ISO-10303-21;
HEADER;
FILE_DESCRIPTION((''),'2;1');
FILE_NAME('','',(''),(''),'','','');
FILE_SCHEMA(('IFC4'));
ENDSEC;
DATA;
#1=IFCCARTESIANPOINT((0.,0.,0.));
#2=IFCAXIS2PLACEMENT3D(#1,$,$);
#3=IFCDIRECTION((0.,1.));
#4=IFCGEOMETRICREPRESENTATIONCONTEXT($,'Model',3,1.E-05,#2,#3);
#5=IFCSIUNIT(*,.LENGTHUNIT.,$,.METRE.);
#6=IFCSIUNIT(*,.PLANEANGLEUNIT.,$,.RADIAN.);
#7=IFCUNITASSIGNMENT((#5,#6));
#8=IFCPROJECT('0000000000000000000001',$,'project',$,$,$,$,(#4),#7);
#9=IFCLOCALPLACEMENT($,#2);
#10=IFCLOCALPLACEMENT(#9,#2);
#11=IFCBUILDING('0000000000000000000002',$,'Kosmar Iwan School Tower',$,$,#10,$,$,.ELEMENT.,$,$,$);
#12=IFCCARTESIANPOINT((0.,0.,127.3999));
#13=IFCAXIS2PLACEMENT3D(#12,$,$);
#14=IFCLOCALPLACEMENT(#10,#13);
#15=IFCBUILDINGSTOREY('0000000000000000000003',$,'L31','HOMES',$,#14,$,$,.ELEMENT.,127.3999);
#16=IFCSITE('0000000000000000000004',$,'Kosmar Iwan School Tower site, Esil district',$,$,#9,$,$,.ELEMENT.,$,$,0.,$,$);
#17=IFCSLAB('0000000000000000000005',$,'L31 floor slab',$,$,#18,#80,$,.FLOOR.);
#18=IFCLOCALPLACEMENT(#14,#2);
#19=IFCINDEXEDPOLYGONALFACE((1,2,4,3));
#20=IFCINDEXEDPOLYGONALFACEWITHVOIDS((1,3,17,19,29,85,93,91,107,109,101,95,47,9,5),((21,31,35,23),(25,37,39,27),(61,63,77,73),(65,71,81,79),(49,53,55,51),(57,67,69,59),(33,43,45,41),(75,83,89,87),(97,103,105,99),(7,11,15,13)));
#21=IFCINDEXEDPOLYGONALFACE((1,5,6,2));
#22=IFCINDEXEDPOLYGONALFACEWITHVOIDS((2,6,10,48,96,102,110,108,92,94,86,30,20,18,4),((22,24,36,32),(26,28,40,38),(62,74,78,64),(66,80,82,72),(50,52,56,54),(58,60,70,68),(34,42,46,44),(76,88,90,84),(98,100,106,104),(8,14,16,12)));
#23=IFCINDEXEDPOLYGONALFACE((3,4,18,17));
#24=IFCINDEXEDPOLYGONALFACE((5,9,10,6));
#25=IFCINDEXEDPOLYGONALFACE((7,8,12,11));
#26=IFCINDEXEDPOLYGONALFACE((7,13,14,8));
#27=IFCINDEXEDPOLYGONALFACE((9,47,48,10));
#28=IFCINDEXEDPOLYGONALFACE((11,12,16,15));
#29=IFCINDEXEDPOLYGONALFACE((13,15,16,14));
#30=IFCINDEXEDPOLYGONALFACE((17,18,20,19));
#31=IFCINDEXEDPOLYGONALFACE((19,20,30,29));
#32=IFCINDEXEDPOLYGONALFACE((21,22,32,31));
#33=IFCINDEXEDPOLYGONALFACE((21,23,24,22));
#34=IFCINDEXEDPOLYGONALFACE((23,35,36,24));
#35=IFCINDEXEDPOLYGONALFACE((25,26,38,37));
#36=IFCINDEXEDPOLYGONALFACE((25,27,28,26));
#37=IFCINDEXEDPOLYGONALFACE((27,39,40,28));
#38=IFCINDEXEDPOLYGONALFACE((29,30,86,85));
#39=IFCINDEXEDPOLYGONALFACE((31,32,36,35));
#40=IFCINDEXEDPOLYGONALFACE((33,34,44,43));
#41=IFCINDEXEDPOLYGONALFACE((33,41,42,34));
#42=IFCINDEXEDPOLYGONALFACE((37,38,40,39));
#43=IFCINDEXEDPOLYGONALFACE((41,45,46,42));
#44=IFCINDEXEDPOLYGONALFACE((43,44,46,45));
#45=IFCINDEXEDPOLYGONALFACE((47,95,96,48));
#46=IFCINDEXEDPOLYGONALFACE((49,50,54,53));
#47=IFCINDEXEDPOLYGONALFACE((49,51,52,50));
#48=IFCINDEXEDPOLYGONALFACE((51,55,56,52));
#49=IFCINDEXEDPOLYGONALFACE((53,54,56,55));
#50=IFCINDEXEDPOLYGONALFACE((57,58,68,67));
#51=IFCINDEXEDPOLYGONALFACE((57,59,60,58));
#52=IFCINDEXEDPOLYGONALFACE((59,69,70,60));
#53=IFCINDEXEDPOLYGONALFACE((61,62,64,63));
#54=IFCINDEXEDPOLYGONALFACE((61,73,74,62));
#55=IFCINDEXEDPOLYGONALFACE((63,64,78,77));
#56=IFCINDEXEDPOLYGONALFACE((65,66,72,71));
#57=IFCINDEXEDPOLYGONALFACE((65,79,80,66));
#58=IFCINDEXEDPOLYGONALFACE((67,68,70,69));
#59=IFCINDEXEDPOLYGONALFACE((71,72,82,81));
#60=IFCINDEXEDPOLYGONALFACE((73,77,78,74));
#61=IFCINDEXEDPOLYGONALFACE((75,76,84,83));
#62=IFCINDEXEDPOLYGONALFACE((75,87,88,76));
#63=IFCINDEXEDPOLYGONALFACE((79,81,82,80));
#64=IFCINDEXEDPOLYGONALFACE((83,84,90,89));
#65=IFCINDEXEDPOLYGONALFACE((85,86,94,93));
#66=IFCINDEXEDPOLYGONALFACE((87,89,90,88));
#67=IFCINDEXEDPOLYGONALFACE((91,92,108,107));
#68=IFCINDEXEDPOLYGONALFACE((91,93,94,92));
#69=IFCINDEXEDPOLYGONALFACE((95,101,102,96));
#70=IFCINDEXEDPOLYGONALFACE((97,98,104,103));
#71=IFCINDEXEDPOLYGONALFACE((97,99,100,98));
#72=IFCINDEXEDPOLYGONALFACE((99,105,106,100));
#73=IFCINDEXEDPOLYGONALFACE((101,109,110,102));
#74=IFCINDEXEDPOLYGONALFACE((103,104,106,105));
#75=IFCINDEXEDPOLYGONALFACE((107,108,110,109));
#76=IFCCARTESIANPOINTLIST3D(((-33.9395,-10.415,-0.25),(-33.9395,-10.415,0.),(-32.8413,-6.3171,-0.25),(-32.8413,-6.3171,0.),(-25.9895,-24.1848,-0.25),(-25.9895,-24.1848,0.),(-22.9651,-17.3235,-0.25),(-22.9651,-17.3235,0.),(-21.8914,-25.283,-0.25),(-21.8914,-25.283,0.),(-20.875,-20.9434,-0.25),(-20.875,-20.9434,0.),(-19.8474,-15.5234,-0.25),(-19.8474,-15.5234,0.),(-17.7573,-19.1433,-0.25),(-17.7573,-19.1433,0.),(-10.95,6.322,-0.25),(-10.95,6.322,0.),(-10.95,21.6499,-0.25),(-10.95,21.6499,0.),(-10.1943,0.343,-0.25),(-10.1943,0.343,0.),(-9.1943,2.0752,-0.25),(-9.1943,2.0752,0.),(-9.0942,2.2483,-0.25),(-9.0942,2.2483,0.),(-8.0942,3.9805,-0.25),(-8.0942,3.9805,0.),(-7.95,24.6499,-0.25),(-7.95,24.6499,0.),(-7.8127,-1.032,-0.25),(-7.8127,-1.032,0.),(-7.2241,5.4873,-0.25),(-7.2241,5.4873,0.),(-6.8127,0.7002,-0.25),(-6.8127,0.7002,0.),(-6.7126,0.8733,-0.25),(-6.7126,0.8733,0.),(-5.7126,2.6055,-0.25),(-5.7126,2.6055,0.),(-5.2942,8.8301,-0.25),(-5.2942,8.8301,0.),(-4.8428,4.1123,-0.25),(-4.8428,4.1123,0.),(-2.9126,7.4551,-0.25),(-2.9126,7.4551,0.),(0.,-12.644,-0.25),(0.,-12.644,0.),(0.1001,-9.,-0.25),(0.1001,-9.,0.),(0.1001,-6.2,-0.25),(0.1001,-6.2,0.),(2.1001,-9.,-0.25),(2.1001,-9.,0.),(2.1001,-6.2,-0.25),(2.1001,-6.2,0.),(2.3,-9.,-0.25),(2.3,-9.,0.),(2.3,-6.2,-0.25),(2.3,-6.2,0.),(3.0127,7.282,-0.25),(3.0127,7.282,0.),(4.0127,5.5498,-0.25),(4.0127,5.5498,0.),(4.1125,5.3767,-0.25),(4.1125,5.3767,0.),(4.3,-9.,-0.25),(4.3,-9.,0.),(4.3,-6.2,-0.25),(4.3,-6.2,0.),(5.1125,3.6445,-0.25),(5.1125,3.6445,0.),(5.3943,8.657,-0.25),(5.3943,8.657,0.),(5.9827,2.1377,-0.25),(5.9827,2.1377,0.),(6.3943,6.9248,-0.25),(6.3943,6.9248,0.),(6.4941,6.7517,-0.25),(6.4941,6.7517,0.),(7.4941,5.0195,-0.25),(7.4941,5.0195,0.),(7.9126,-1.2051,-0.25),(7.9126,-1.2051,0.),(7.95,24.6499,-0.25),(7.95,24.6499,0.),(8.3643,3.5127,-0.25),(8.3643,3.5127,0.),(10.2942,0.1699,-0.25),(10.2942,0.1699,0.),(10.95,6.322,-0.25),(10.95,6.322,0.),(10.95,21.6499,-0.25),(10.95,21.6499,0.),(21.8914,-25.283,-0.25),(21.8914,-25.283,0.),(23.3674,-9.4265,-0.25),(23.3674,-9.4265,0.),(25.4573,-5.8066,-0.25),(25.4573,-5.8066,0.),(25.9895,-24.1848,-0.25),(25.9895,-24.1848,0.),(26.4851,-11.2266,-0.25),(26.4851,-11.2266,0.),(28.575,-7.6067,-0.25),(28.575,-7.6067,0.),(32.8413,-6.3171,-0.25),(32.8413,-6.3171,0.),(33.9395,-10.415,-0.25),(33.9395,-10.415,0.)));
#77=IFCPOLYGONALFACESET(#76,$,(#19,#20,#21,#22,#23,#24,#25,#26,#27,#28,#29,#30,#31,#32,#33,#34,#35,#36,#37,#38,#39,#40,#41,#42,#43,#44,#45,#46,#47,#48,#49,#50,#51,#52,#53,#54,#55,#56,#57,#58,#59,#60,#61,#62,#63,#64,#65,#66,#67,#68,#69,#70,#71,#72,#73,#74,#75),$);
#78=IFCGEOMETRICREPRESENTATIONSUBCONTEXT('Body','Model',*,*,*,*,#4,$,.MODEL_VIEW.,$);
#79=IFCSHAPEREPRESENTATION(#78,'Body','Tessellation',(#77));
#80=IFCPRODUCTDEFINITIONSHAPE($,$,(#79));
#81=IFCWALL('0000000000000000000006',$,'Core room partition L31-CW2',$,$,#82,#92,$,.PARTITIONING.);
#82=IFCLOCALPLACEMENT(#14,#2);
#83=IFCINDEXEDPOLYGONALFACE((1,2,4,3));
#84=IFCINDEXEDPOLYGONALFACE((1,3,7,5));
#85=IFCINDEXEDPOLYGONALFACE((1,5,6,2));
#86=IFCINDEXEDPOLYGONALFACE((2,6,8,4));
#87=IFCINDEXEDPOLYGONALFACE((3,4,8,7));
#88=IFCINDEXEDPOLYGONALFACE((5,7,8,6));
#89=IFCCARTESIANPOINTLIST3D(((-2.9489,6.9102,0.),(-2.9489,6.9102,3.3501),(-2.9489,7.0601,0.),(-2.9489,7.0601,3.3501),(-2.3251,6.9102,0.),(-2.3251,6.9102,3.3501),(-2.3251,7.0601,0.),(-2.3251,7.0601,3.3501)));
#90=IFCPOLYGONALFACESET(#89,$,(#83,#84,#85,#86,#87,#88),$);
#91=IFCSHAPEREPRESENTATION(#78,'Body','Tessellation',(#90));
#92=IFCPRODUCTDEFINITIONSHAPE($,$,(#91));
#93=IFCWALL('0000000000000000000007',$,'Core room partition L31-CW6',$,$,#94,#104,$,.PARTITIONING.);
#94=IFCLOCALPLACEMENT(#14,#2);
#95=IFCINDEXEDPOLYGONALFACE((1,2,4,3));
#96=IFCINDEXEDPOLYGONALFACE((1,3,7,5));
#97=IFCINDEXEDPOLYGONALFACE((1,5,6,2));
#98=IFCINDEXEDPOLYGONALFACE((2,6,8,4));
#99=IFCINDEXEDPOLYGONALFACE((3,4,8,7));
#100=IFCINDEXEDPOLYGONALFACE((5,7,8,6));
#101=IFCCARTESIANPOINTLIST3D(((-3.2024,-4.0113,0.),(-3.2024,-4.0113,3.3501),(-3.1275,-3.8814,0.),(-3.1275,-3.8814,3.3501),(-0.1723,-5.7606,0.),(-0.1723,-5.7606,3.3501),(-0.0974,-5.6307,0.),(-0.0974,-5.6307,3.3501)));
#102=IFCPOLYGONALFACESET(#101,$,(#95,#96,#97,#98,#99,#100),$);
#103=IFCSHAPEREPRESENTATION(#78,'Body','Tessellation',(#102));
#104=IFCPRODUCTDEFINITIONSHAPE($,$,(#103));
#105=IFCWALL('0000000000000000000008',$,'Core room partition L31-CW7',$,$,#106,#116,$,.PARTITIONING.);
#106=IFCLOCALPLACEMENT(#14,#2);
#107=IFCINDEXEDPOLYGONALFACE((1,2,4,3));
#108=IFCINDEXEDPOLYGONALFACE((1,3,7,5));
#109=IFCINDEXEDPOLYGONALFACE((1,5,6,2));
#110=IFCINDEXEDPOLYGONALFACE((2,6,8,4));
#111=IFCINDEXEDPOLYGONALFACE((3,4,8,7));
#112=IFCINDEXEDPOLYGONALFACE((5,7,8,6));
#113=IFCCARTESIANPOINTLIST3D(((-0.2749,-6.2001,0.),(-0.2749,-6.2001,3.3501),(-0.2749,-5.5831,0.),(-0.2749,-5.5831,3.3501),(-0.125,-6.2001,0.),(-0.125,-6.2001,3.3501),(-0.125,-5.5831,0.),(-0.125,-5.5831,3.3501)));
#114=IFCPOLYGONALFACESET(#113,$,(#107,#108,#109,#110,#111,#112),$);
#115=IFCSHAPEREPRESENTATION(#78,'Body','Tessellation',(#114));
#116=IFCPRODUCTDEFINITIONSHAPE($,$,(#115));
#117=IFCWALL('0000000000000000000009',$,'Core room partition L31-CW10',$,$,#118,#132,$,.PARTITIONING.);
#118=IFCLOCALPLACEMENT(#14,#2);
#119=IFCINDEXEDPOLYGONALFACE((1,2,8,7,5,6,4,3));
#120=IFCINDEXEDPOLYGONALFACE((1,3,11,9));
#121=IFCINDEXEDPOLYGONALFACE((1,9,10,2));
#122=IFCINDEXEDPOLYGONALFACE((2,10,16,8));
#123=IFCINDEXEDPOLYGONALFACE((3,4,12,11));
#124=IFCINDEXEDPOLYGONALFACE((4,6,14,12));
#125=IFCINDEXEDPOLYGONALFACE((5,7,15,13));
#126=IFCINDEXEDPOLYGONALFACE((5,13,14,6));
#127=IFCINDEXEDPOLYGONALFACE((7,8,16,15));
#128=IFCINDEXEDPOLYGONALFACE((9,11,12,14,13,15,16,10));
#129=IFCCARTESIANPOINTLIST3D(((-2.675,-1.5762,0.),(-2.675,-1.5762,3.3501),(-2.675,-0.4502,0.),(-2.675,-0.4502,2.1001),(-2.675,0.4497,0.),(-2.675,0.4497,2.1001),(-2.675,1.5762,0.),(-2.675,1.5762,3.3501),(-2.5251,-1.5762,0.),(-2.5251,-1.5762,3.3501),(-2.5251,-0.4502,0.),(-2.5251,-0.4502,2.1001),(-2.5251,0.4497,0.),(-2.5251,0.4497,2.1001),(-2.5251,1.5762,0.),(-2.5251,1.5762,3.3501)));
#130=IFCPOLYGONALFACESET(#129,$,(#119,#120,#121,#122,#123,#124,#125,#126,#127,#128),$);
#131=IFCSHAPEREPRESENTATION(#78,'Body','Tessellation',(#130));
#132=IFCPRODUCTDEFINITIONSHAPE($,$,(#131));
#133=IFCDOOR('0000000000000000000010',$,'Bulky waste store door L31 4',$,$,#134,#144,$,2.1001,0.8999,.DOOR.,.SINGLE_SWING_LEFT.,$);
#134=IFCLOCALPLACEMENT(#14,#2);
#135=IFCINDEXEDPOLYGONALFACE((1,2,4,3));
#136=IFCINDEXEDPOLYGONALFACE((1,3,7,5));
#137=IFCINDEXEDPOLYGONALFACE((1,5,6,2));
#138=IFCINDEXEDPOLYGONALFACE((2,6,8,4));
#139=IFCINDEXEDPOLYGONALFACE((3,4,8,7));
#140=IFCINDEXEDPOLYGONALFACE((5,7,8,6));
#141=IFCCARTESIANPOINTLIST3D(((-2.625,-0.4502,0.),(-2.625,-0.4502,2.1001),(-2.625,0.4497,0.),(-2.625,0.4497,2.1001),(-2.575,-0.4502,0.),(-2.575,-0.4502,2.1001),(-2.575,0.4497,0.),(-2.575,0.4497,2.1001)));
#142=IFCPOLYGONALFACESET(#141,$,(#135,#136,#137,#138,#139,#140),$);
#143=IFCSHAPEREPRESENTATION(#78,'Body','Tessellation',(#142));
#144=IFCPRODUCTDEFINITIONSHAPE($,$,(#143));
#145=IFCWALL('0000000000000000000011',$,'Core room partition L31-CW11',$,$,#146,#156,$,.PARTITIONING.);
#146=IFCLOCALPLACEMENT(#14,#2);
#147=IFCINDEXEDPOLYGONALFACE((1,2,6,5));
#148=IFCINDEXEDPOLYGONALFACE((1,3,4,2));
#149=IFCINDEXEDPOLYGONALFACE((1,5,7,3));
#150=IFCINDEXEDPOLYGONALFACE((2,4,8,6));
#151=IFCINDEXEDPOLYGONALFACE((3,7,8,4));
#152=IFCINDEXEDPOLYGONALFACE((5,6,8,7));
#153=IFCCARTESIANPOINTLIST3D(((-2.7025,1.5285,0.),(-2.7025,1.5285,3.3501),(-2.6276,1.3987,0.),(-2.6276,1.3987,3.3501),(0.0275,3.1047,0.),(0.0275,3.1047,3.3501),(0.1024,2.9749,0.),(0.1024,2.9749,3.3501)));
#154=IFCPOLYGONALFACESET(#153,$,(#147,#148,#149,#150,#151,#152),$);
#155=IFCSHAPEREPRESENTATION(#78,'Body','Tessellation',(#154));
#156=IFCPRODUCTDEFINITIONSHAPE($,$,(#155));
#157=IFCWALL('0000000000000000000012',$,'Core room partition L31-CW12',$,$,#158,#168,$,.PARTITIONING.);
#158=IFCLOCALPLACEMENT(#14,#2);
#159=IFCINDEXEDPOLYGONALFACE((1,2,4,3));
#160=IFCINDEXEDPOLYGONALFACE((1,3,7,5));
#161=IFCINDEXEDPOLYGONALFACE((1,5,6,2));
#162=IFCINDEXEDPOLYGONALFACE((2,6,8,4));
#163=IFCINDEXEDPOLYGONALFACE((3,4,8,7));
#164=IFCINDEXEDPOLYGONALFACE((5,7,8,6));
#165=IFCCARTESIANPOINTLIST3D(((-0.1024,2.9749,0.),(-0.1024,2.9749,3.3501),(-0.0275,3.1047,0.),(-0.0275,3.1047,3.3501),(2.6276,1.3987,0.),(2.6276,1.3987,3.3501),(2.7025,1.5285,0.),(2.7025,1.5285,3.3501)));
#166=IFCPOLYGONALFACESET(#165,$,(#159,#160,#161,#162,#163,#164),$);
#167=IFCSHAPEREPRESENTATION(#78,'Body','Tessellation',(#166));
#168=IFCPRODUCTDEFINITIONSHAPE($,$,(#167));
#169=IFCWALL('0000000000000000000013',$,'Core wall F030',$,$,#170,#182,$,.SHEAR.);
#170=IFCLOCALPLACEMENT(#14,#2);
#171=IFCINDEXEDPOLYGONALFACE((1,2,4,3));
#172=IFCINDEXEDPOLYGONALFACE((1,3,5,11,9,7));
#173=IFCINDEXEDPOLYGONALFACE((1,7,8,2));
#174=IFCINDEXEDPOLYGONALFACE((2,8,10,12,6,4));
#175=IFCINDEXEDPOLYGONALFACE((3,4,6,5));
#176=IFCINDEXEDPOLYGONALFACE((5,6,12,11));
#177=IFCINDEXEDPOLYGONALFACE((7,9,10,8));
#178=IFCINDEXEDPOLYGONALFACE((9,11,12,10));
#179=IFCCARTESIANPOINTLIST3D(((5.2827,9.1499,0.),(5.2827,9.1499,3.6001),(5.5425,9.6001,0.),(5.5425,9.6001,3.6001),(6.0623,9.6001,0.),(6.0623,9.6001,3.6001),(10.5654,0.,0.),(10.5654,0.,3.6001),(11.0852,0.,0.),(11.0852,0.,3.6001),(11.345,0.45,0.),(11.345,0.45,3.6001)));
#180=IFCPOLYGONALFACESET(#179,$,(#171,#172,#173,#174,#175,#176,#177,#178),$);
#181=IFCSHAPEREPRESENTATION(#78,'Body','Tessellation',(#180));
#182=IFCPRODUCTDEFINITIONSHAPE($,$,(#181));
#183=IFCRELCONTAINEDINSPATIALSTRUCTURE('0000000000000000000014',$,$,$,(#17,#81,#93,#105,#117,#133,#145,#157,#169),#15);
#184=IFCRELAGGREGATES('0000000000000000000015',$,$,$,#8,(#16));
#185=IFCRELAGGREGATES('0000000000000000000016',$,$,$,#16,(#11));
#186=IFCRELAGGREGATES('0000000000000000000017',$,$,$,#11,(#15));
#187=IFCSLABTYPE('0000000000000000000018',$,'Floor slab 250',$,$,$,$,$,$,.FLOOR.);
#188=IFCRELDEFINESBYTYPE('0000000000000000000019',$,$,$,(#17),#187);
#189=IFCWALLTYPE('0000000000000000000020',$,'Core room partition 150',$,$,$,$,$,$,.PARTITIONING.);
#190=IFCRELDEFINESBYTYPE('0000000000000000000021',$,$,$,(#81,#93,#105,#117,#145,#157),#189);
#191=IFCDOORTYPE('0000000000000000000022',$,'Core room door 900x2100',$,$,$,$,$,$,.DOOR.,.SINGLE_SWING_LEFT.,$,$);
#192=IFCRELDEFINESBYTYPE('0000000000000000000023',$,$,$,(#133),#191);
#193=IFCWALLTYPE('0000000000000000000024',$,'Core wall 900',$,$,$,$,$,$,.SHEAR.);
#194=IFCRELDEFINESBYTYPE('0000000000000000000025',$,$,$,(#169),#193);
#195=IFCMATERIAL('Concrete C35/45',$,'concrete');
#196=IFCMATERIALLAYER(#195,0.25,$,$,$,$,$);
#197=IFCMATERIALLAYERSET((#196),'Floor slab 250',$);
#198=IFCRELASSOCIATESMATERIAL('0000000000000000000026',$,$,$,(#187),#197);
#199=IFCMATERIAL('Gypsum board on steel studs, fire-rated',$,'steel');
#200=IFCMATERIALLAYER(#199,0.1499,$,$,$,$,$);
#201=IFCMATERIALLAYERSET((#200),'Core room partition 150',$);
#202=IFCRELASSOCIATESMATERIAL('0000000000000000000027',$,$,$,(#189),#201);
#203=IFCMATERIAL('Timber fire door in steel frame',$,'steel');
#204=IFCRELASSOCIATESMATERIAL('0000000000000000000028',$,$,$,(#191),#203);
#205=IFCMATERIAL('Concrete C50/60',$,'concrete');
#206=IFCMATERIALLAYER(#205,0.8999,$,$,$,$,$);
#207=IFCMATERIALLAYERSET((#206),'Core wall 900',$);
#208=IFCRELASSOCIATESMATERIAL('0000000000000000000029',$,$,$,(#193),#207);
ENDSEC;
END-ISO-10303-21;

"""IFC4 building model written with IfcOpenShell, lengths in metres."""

from ifc_helpers import new_model, si_unit, direction, frame, frame_2d, origin, place, context, subcontext, project, spatial, polyline, rectangle, outline, extrude, material, layer, layer_set, type_object, element, fill, save


model = new_model("IFC4")

# Units and contexts
model_context = context("Model", 3, precision=1e-05, world=origin(), true_north=direction((0.0, 1.0)))
body_context = subcontext(model_context, "Body", "Model", "MODEL_VIEW")
ifc_project = project(units=[si_unit("LENGTHUNIT", "METRE"), si_unit("PLANEANGLEUNIT", "RADIAN")], contexts=[model_context])

# Site, building, storey
site_placement = place(None, origin())
site = spatial("IfcSite", under=ifc_project, at=site_placement, Name="Kosmar Iwan School Tower site, Esil district", CompositionType="ELEMENT", RefElevation=0.0)
building_placement = place(site_placement, origin())
building = spatial("IfcBuilding", under=site, at=building_placement, Name="Kosmar Iwan School Tower", CompositionType="ELEMENT")
storey_placement = place(building_placement, frame((0.0, 0.0, 127.3999)))
storey = spatial("IfcBuildingStorey", under=building, at=storey_placement, Name="L31", Description="HOMES", CompositionType="ELEMENT", Elevation=127.3999)

# Slab
ifc_material_1 = material(Name="Concrete C35/45", Category="concrete")
ifc_layer_1 = layer(ifc_material_1, 0.25)
ifc_layer_set_1 = layer_set([ifc_layer_1], Name="Floor slab 250")
slab_type = type_object("IfcSlabType", Name="Floor slab 250", PredefinedType="FLOOR", material=ifc_layer_set_1)
slab_placement = place(storey_placement, frame((0.0, 0.0, -0.25)))
element("IfcSlab", 1, at=slab_placement, inside=storey, type_object=slab_type, Name="L31 floor slab", PredefinedType="FLOOR", context=body_context, shape_type="SweptSolid", body=[
    extrude(outline(polyline([(-21.8914, -25.283), (0.0, -12.644), (21.8914, -25.283), (25.9895, -24.1848), (33.9395, -10.415), (32.8413, -6.3171), (10.95, 6.322), (10.95, 21.6499), (7.95, 24.6499), (-7.95, 24.6499), (-10.95, 21.6499), (-10.95, 6.322), (-32.8413, -6.3171), (-33.9395, -10.415), (-25.9895, -24.1848), (-21.8914, -25.283)]), holes=[polyline([(7.9126, -1.2051), (10.2942, 0.1699), (8.3643, 3.5127), (5.9827, 2.1377), (7.9126, -1.2051)]), polyline([(-2.9126, 7.4551), (-5.2942, 8.8301), (-7.2241, 5.4873), (-4.8428, 4.1123), (-2.9126, 7.4551)]), polyline([(-5.7126, 2.6055), (-8.0942, 3.9805), (-9.0942, 2.2483), (-6.7126, 0.8733), (-5.7126, 2.6055)]), polyline([(-6.8127, 0.7002), (-9.1943, 2.0752), (-10.1943, 0.343), (-7.8127, -1.032), (-6.8127, 0.7002)]), polyline([(5.1125, 3.6445), (7.4941, 5.0195), (6.4941, 6.7517), (4.1125, 5.3767), (5.1125, 3.6445)]), polyline([(4.0127, 5.5498), (6.3943, 6.9248), (5.3943, 8.657), (3.0127, 7.282), (4.0127, 5.5498)]), polyline([(0.1001, -6.2), (0.1001, -9.0), (2.1001, -9.0), (2.1001, -6.2), (0.1001, -6.2)]), polyline([(2.3, -6.2), (2.3, -9.0), (4.3, -9.0), (4.3, -6.2), (2.3, -6.2)]), polyline([(-19.8474, -15.5234), (-22.9651, -17.3235), (-20.875, -20.9434), (-17.7573, -19.1433), (-19.8474, -15.5234)]), polyline([(23.3674, -9.4265), (26.4851, -11.2266), (28.575, -7.6067), (25.4573, -5.8066), (23.3674, -9.4265)])]), origin(), (0.0, 0.0, 1.0), 0.25),
])

# Walls
ifc_material_2 = material(Name="Gypsum board on steel studs, fire-rated", Category="steel")
ifc_layer_2 = layer(ifc_material_2, 0.1499)
ifc_layer_set_2 = layer_set([ifc_layer_2], Name="Core room partition 150")
wall_type_1 = type_object("IfcWallType", Name="Core room partition 150", PredefinedType="PARTITIONING", material=ifc_layer_set_2)
wall_1_placement = place(storey_placement, frame((-2.325, 6.9851, 0.0), z_axis=(0.0, 0.0, 1.0), x_axis=(-1.0, 0.0, 0.0)))
element("IfcWall", 2, at=wall_1_placement, inside=storey, type_object=wall_type_1, Name="Core room partition L31-CW2", PredefinedType="PARTITIONING", context=body_context, shape_type="SweptSolid", body=[
    extrude(rectangle(XDim=0.6238, YDim=0.1499, at=frame_2d((0.312, 0.0))), origin(), (0.0, 0.0, 1.0), 3.3501),
])
wall_2_placement = place(storey_placement, frame((-3.165, -3.9463, 0.0), z_axis=(0.0, 0.0, 1.0), x_axis=(0.86604, -0.499974, 0.0)))
element("IfcWall", 3, at=wall_2_placement, inside=storey, type_object=wall_type_1, Name="Core room partition L31-CW6", PredefinedType="PARTITIONING", context=body_context, shape_type="SweptSolid", body=[
    extrude(rectangle(XDim=3.4988, YDim=0.1499, at=frame_2d((1.7495, 0.0))), origin(), (0.0, 0.0, 1.0), 3.3501),
])
wall_3_placement = place(storey_placement, frame((-0.2, -5.583, 0.0), z_axis=(0.0, 0.0, 1.0), x_axis=(0.0, -1.0, 0.0)))
element("IfcWall", 4, at=wall_3_placement, inside=storey, type_object=wall_type_1, Name="Core room partition L31-CW7", PredefinedType="PARTITIONING", context=body_context, shape_type="SweptSolid", body=[
    extrude(rectangle(XDim=0.6169, YDim=0.1499, at=frame_2d((0.3086, 0.0))), origin(), (0.0, 0.0, 1.0), 3.3501),
])

# Wall, opening, door
wall_4_placement = place(storey_placement, frame((-2.6001, -1.5762, 0.0), z_axis=(0.0, 0.0, 1.0), x_axis=(0.0, 1.0, 0.0)))
wall_4 = element("IfcWall", 5, at=wall_4_placement, inside=storey, type_object=wall_type_1, Name="Core room partition L31-CW10", PredefinedType="PARTITIONING", context=body_context, shape_type="SweptSolid", body=[
    extrude(rectangle(XDim=3.1523, YDim=0.1499, at=frame_2d((1.5762, 0.0))), origin(), (0.0, 0.0, 1.0), 3.3501),
])
opening_1_placement = place(wall_4_placement, frame((1.126, 0.0, 0.0)))
opening_1 = element("IfcOpeningElement", 6, at=opening_1_placement, cuts=wall_4, PredefinedType="OPENING", context=body_context, shape_type="SweptSolid", body=[
    extrude(rectangle(XDim=0.8999, YDim=2.1001, at=frame_2d((0.45, 1.05))), frame((0.0, 0.0869, 0.0), z_axis=(0.0, -1.0, 0.0), x_axis=(1.0, 0.0, 0.0)), (0.0, 0.0, 1.0), 0.1738),
])
ifc_material_3 = material(Name="Timber fire door in steel frame", Category="steel")
door_type_1 = type_object("IfcDoorType", Name="Core room door 900x2100", OperationType="SINGLE_SWING_LEFT", PredefinedType="DOOR", material=ifc_material_3)
door_1_placement = place(opening_1_placement, origin())
door_1 = element("IfcDoor", 7, at=door_1_placement, inside=storey, type_object=door_type_1, Name="Bulky waste store door L31 4", OperationType="SINGLE_SWING_LEFT", OverallHeight=2.1001, OverallWidth=0.8999, PredefinedType="DOOR", context=body_context, shape_type="SweptSolid", body=[
    extrude(rectangle(XDim=0.8999, YDim=2.1001, at=frame_2d((0.45, 1.05))), frame((0.0, 0.0249, 0.0), z_axis=(0.0, -1.0, 0.0), x_axis=(1.0, 0.0, 0.0)), (0.0, 0.0, 1.0), 0.05),
])
fill(opening_1, door_1)

# Walls
for number, where, z_axis, x_axis, name in (
    (8, (-2.665, 1.4636, 0.0), (0.0, 0.0, 1.0), (0.866023, 0.500004, 0.0), "Core room partition L31-CW11"),
    (9, (-0.0649, 3.0398, 0.0), (0.0, 0.0, 1.0), (0.866023, -0.500004, 0.0), "Core room partition L31-CW12"),
):
    element("IfcWall", number, at=place(storey_placement, frame(where, z_axis=z_axis, x_axis=x_axis)), inside=storey, type_object=wall_type_1, Name=name, PredefinedType="PARTITIONING", context=body_context, shape_type="SweptSolid", body=[
        extrude(rectangle(XDim=3.1523, YDim=0.1499, at=frame_2d((1.5762, 0.0))), origin(), (0.0, 0.0, 1.0), 3.3501),
    ])
ifc_material_4 = material(Name="Concrete C50/60", Category="concrete")
ifc_layer_3 = layer(ifc_material_4, 0.8999)
ifc_layer_set_3 = layer_set([ifc_layer_3], Name="Core wall 900")
wall_type_2 = type_object("IfcWallType", Name="Core wall 900", PredefinedType="SHEAR", material=ifc_layer_set_3)
wall_5_placement = place(storey_placement, origin())
element("IfcWall", 10, at=wall_5_placement, inside=storey, type_object=wall_type_2, Name="Core wall F030", PredefinedType="SHEAR", context=body_context, shape_type="SweptSolid", body=[
    extrude(outline(polyline([(10.5654, 0.0), (11.0852, 0.0), (11.345, 0.45), (6.0623, 9.6001), (5.5425, 9.6001), (5.2827, 9.1499), (10.5654, 0.0)])), origin(), (0.0, 0.0, 1.0), 3.6001),
])

save(model, "model.ifc")
